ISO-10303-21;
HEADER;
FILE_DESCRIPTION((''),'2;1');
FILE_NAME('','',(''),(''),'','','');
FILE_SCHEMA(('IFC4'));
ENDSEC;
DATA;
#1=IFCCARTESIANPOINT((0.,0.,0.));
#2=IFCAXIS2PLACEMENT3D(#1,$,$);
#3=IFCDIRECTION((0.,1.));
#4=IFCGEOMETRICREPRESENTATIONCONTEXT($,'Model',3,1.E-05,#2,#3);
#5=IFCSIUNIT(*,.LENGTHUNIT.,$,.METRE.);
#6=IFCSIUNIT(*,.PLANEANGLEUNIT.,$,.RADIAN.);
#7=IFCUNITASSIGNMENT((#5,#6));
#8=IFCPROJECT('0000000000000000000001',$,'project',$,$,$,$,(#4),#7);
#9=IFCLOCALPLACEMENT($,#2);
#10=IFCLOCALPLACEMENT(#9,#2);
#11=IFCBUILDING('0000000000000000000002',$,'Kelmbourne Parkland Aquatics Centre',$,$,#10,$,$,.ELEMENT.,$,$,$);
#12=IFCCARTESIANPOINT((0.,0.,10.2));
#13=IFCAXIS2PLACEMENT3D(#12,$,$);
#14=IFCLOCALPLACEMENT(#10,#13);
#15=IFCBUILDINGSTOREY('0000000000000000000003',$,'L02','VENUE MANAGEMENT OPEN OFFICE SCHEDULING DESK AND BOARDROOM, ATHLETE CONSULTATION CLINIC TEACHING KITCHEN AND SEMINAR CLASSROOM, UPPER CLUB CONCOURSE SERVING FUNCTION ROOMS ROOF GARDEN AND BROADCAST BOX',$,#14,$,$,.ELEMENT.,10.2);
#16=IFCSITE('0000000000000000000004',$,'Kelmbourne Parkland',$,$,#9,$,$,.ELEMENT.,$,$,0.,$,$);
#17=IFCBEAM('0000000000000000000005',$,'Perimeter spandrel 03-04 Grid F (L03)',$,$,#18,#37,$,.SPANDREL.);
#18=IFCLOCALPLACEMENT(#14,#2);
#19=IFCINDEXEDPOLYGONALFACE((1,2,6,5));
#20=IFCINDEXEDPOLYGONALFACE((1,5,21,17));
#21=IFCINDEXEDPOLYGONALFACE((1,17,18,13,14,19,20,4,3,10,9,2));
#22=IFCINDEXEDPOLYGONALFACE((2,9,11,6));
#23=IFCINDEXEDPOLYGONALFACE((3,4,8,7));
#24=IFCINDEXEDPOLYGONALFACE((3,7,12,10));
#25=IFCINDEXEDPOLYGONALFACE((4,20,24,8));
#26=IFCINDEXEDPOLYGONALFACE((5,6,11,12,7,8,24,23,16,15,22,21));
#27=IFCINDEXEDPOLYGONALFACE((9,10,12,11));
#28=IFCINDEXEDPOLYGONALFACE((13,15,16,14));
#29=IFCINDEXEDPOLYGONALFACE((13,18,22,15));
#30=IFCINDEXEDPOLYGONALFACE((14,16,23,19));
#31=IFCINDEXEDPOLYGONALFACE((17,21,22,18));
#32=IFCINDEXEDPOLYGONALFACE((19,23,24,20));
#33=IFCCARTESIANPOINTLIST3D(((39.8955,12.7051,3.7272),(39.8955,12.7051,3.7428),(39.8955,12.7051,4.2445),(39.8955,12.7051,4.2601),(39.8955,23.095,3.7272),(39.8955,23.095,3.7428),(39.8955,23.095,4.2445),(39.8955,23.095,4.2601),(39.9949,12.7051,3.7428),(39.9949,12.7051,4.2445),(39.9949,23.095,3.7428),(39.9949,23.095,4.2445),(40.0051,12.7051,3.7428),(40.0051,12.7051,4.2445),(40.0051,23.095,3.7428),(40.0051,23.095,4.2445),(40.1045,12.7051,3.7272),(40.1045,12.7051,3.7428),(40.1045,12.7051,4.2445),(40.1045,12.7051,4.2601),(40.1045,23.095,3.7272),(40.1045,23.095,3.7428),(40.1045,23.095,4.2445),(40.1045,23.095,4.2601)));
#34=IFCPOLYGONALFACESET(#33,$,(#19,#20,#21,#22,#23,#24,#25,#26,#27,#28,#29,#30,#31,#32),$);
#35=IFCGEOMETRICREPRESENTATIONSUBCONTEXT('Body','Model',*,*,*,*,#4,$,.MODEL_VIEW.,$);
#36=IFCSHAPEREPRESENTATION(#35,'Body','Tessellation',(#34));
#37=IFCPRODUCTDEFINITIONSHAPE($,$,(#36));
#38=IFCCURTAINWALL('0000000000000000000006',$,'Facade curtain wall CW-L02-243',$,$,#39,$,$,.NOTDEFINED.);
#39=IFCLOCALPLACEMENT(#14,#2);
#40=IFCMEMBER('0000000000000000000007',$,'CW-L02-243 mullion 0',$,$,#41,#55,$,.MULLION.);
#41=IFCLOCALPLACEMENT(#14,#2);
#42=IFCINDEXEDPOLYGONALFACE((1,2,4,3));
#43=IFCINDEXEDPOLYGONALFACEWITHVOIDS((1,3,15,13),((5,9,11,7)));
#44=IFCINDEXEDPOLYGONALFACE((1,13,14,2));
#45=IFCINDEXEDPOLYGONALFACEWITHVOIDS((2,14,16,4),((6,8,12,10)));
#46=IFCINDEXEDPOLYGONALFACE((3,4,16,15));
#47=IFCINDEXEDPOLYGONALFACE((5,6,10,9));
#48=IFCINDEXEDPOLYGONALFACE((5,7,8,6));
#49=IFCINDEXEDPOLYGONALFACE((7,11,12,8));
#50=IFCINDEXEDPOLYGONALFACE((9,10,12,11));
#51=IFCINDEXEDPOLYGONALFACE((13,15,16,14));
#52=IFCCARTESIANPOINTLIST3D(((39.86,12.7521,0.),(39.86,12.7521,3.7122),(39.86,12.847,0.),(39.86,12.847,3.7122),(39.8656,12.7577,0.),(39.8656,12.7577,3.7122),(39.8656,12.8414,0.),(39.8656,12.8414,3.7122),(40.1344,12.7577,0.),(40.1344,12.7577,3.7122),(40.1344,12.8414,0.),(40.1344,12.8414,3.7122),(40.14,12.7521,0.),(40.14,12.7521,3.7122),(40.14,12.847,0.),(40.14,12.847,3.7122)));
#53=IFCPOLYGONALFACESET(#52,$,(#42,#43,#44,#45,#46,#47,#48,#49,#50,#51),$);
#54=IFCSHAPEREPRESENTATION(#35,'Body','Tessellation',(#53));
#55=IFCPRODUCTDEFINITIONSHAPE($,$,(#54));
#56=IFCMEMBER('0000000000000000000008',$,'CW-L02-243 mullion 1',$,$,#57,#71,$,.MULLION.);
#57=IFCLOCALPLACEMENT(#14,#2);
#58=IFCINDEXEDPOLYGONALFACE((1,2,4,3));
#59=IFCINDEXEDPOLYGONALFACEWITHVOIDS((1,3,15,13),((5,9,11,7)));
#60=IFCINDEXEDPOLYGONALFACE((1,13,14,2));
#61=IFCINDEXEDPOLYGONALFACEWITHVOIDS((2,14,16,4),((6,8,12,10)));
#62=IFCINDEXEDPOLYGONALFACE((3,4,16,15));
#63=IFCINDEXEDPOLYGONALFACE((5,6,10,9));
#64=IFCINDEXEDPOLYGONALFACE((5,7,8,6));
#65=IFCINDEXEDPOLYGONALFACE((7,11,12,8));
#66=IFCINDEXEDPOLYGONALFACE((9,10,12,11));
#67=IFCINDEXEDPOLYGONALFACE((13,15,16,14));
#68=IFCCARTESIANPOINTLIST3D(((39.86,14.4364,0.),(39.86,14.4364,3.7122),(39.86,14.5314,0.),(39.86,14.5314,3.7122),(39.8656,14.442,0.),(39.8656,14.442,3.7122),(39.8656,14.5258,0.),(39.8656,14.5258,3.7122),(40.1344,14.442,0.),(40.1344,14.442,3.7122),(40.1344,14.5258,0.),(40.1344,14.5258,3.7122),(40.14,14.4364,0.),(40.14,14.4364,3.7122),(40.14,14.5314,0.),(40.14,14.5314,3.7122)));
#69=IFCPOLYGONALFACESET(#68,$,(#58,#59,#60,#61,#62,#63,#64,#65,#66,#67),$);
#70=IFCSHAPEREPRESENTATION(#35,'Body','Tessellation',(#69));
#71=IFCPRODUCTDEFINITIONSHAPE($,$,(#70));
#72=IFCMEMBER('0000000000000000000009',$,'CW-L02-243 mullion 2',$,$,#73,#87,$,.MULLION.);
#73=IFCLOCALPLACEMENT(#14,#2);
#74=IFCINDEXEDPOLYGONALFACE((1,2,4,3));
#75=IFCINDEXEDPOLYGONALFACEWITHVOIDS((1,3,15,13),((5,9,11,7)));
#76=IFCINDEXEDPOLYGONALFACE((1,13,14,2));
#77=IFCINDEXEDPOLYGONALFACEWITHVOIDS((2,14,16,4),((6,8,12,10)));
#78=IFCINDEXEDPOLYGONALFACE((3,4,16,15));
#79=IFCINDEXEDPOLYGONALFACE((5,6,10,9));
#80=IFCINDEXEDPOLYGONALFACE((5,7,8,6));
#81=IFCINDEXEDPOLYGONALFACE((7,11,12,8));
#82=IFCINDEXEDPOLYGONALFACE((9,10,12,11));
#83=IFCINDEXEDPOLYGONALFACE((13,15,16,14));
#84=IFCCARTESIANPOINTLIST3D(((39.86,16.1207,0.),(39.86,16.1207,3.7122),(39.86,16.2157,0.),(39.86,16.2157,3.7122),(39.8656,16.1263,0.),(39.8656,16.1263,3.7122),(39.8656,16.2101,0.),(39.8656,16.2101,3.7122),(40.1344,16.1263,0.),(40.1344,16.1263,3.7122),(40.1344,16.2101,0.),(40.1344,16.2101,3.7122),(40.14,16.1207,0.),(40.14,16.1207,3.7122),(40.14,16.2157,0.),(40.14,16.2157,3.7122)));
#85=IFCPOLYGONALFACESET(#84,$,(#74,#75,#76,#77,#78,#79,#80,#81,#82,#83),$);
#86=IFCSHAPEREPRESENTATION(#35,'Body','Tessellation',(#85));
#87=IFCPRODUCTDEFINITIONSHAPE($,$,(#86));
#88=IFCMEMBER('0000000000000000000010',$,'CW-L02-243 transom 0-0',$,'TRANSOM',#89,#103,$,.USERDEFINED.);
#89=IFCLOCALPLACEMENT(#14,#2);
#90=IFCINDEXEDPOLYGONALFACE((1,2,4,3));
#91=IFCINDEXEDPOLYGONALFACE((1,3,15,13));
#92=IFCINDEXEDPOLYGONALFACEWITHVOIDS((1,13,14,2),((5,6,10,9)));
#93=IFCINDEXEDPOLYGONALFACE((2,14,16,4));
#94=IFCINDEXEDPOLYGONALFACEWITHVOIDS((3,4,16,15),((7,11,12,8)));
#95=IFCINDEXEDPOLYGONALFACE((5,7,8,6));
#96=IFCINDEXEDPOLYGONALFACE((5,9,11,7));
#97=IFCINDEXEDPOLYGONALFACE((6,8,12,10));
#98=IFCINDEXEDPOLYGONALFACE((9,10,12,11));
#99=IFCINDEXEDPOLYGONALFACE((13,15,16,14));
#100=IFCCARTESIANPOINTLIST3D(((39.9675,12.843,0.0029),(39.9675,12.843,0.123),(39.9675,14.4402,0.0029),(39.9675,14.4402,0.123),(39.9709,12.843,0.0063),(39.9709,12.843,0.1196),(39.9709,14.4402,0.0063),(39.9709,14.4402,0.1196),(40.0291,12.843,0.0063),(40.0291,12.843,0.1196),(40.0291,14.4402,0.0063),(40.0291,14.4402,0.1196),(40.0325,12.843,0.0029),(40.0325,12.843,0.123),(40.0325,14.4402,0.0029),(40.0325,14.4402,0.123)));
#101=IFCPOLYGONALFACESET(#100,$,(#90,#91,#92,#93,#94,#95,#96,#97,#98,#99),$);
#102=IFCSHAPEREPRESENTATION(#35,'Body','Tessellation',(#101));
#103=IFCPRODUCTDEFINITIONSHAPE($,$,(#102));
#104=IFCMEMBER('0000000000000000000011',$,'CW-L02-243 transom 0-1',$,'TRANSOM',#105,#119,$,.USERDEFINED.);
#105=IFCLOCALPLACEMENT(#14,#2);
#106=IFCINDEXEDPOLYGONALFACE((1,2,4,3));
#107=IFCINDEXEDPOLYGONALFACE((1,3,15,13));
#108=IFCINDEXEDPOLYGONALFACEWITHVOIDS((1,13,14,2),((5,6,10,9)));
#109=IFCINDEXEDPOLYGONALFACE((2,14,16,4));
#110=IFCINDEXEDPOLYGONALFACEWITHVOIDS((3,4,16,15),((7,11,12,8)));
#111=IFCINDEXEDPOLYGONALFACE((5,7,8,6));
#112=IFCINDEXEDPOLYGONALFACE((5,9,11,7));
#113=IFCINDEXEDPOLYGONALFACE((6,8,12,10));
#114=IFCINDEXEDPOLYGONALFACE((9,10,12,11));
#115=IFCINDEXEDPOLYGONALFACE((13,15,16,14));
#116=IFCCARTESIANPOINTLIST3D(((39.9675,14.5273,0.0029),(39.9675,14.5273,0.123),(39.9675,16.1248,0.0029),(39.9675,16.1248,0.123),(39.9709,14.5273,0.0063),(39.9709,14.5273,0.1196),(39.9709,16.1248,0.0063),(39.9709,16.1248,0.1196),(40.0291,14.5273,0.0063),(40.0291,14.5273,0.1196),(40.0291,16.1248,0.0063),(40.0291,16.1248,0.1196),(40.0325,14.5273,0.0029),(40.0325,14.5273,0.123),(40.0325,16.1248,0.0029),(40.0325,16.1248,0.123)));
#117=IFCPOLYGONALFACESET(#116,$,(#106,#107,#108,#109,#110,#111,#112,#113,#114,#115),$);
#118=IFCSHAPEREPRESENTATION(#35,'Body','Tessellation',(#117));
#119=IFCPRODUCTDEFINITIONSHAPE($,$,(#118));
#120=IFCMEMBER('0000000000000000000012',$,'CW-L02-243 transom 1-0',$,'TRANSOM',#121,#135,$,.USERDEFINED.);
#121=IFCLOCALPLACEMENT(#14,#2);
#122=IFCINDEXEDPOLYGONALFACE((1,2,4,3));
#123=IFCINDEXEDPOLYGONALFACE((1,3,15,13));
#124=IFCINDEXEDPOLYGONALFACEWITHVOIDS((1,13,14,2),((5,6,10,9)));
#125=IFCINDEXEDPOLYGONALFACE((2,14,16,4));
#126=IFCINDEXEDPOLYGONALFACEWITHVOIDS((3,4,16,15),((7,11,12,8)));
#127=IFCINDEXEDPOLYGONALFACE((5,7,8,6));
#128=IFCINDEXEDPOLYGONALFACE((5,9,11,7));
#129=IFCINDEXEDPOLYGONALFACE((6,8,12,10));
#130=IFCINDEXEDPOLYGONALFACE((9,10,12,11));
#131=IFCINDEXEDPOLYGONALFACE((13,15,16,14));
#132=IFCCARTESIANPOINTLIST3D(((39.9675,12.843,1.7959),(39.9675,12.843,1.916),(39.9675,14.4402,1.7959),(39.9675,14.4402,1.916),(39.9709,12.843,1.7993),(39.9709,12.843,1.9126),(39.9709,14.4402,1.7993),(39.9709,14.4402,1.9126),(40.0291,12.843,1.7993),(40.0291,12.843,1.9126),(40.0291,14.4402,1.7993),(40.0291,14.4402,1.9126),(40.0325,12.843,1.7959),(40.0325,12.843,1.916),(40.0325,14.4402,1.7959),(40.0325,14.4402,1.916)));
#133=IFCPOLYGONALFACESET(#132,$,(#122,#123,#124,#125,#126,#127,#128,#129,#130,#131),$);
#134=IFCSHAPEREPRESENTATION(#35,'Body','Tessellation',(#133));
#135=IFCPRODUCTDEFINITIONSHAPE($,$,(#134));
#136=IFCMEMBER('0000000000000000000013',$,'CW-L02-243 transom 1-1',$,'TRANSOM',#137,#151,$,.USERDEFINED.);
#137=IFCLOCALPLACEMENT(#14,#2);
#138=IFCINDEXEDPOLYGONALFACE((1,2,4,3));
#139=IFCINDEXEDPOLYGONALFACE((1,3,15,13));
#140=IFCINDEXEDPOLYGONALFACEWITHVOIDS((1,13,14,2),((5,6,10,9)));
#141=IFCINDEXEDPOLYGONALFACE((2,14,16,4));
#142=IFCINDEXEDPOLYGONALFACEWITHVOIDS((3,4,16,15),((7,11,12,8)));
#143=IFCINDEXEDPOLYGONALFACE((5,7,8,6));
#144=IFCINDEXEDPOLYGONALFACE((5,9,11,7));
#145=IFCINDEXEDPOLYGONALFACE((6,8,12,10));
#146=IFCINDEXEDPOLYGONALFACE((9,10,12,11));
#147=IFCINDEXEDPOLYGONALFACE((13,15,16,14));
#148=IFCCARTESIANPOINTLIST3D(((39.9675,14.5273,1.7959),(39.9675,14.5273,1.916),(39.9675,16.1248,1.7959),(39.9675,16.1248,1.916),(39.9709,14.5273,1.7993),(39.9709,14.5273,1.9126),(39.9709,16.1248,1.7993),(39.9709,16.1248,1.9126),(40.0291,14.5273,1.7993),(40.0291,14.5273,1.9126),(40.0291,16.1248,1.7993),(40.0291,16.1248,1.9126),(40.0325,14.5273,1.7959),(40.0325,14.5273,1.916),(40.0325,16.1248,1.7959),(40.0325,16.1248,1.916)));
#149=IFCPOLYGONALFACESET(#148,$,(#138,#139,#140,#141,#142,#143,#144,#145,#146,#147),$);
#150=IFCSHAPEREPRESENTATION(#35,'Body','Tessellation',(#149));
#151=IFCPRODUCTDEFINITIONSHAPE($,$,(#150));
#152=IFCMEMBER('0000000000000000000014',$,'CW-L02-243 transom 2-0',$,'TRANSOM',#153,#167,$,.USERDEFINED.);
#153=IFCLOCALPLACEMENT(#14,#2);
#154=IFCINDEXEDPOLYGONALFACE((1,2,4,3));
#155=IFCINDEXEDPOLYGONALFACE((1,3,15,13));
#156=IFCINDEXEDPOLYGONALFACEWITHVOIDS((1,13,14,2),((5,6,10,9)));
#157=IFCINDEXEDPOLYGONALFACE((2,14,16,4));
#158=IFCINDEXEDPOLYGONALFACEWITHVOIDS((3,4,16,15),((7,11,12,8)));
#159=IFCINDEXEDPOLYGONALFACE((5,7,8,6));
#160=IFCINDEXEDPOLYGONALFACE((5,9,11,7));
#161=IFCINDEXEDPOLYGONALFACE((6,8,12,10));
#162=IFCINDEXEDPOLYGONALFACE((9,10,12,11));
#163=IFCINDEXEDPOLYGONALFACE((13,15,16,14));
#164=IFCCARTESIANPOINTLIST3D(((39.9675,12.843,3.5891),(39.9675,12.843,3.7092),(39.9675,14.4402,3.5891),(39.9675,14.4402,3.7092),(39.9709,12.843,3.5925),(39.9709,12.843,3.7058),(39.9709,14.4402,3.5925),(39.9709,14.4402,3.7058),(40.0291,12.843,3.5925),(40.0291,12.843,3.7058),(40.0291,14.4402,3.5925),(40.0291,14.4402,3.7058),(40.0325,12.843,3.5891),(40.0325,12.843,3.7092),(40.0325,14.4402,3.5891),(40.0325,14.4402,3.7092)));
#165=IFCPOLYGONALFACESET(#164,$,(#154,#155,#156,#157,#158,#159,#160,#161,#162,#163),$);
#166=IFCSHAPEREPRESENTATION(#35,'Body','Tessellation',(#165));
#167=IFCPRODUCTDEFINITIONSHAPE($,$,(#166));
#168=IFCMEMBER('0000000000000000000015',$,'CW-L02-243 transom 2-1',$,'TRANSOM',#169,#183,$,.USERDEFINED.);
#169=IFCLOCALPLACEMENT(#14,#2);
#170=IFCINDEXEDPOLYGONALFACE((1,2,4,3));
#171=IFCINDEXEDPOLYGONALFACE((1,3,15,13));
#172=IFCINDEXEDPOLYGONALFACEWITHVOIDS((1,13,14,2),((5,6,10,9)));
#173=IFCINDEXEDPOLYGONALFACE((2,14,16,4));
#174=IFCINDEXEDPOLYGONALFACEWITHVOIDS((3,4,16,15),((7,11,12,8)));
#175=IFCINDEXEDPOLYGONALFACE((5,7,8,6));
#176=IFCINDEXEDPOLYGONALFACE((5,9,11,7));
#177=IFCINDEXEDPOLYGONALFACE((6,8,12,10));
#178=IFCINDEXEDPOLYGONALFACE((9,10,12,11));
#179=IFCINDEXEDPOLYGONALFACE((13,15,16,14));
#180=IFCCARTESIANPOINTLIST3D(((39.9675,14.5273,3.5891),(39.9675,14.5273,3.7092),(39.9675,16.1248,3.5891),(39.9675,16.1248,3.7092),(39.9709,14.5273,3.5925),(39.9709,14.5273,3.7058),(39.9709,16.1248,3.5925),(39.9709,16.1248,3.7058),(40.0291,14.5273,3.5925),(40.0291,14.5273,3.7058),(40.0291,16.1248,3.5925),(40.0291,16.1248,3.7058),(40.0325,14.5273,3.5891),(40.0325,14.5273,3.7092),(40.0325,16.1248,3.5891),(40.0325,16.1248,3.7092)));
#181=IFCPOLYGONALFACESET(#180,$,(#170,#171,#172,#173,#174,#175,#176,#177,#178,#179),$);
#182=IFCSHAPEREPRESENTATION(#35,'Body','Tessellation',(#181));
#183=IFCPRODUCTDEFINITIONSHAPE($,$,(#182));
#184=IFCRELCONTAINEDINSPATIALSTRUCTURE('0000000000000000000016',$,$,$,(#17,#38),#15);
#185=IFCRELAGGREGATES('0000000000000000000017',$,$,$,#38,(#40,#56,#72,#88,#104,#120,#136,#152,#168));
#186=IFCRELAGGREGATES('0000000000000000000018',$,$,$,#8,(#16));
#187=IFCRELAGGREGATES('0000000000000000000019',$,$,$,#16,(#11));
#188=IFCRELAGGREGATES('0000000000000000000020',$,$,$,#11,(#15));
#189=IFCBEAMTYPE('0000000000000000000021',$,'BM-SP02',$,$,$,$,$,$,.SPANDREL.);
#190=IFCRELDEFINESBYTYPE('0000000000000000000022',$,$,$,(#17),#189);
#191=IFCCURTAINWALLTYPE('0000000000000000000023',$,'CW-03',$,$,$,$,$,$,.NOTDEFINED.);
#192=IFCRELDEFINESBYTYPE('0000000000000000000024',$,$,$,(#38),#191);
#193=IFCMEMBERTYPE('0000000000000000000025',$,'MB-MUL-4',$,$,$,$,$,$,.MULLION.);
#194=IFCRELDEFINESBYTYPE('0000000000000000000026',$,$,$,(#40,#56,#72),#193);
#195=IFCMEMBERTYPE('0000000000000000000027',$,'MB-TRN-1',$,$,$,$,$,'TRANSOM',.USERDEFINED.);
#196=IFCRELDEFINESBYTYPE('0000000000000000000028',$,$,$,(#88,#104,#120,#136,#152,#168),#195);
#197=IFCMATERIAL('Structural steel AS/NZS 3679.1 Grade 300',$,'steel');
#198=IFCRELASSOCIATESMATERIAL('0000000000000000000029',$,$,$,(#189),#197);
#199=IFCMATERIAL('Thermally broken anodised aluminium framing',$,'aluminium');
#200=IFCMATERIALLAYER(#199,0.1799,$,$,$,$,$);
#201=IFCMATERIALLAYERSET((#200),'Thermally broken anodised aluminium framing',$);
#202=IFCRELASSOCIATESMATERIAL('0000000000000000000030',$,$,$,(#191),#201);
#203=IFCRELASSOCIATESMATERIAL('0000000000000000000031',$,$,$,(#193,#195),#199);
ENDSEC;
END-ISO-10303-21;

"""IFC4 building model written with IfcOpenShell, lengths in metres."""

from ifc_helpers import new_model, si_unit, direction, frame, origin, origin_2d, place, context, subcontext, project, spatial, hollow_rectangle, i_section, extrude, material, layer, layer_set, material_profile, profile_set, type_object, element, aggregate, save


model = new_model("IFC4")

# Units and contexts
model_context = context("Model", 3, precision=1e-05, world=origin(), true_north=direction((0.0, 1.0)))
body_context = subcontext(model_context, "Body", "Model", "MODEL_VIEW")
ifc_project = project(units=[si_unit("LENGTHUNIT", "METRE"), si_unit("PLANEANGLEUNIT", "RADIAN")], contexts=[model_context])

# Site, building, storey
site_placement = place(None, origin())
site = spatial("IfcSite", under=ifc_project, at=site_placement, Name="Kelmbourne Parkland", CompositionType="ELEMENT", RefElevation=0.0)
building_placement = place(site_placement, origin())
building = spatial("IfcBuilding", under=site, at=building_placement, Name="Kelmbourne Parkland Aquatics Centre", CompositionType="ELEMENT")
storey_placement = place(building_placement, frame((0.0, 0.0, 10.2)))
storey = spatial("IfcBuildingStorey", under=building, at=storey_placement, Name="L02", Description="VENUE MANAGEMENT OPEN OFFICE SCHEDULING DESK AND BOARDROOM, ATHLETE CONSULTATION CLINIC TEACHING KITCHEN AND SEMINAR CLASSROOM, UPPER CLUB CONCOURSE SERVING FUNCTION ROOMS ROOF GARDEN AND BROADCAST BOX", CompositionType="ELEMENT", Elevation=10.2)

# Beam
ifc_material_1 = material(Name="Structural steel AS/NZS 3679.1 Grade 300", Category="steel")
ifc_material_profile_1 = material_profile(ifc_material_1, i_section(OverallWidth=0.209, OverallDepth=0.533, WebThickness=0.0103, FlangeThickness=0.0156, at=origin_2d()), Name="530UB92.4")
ifc_profile_set_1 = profile_set([ifc_material_profile_1], Name="Structural steel AS/NZS 3679.1 Grade 300")
beam_type_1 = type_object("IfcBeamType", Name="BM-SP02", PredefinedType="SPANDREL", material=ifc_profile_set_1)
beam_1_placement = place(storey_placement, frame((40.0, 12.7051, 3.9937), z_axis=(0.0, 1.0, 0.0), x_axis=(-1.0, 0.0, 0.0)))
element("IfcBeam", 1, at=beam_1_placement, inside=storey, type_object=beam_type_1, Name="Perimeter spandrel 03-04 Grid F (L03)", PredefinedType="SPANDREL", context=body_context, shape_type="SweptSolid", body=[
    extrude(i_section(OverallWidth=0.209, OverallDepth=0.533, WebThickness=0.0103, FlangeThickness=0.0156, at=origin_2d()), origin(), (0.0, 0.0, 1.0), 10.3899),
])

# Curtain wall, members
ifc_material_2 = material(Name="Thermally broken anodised aluminium framing", Category="aluminium")
ifc_layer_1 = layer(ifc_material_2, 0.1799)
ifc_layer_set_1 = layer_set([ifc_layer_1], Name="Thermally broken anodised aluminium framing")
curtain_wall_type = type_object("IfcCurtainWallType", Name="CW-03", PredefinedType="NOTDEFINED", material=ifc_layer_set_1)
curtain_wall_placement = place(storey_placement, origin())
curtain_wall = element("IfcCurtainWall", 2, at=curtain_wall_placement, inside=storey, type_object=curtain_wall_type, Name="Facade curtain wall CW-L02-243", PredefinedType="NOTDEFINED")
ifc_material_profile_2 = material_profile(ifc_material_2, hollow_rectangle(XDim=0.095, YDim=0.28, WallThickness=0.0056, at=origin_2d()), Name="CW-M 95x280")
ifc_profile_set_2 = profile_set([ifc_material_profile_2], Name="Thermally broken anodised aluminium framing")
member_type_1 = type_object("IfcMemberType", Name="MB-MUL-4", PredefinedType="MULLION", material=ifc_profile_set_2)
member_1_placement = place(storey_placement, frame((40.0, 12.7996, 0.0), z_axis=(0.0, 0.0, 1.0), x_axis=(0.0, 1.0, 0.0)))
member_1 = element("IfcMember", 3, at=member_1_placement, type_object=member_type_1, Name="CW-L02-243 mullion 0", PredefinedType="MULLION", context=body_context, shape_type="SweptSolid", body=[
    extrude(hollow_rectangle(XDim=0.095, YDim=0.28, WallThickness=0.0056, at=origin_2d()), origin(), (0.0, 0.0, 1.0), 3.7122),
])
member_2_placement = place(storey_placement, frame((40.0, 14.4839, 0.0), z_axis=(0.0, 0.0, 1.0), x_axis=(0.0, 1.0, 0.0)))
member_2 = element("IfcMember", 4, at=member_2_placement, type_object=member_type_1, Name="CW-L02-243 mullion 1", PredefinedType="MULLION", context=body_context, shape_type="SweptSolid", body=[
    extrude(hollow_rectangle(XDim=0.095, YDim=0.28, WallThickness=0.0056, at=origin_2d()), origin(), (0.0, 0.0, 1.0), 3.7122),
])
member_3_placement = place(storey_placement, frame((40.0, 16.1682, 0.0), z_axis=(0.0, 0.0, 1.0), x_axis=(0.0, 1.0, 0.0)))
member_3 = element("IfcMember", 5, at=member_3_placement, type_object=member_type_1, Name="CW-L02-243 mullion 2", PredefinedType="MULLION", context=body_context, shape_type="SweptSolid", body=[
    extrude(hollow_rectangle(XDim=0.095, YDim=0.28, WallThickness=0.0056, at=origin_2d()), origin(), (0.0, 0.0, 1.0), 3.7122),
])
ifc_material_profile_3 = material_profile(ifc_material_2, hollow_rectangle(XDim=0.0649, YDim=0.1201, WallThickness=0.0034, at=origin_2d()), Name="CW-T 65x120")
ifc_profile_set_3 = profile_set([ifc_material_profile_3], Name="Thermally broken anodised aluminium framing")
member_type_2 = type_object("IfcMemberType", Name="MB-TRN-1", ElementType="TRANSOM", PredefinedType="USERDEFINED", material=ifc_profile_set_3)
member_4_placement = place(storey_placement, frame((40.0, 12.843, 0.063), z_axis=(0.0, 1.0, 0.0), x_axis=(-1.0, 0.0, 0.0)))
member_4 = element("IfcMember", 6, at=member_4_placement, type_object=member_type_2, Name="CW-L02-243 transom 0-0", ObjectType="TRANSOM", PredefinedType="USERDEFINED", context=body_context, shape_type="SweptSolid", body=[
    extrude(hollow_rectangle(XDim=0.0649, YDim=0.1201, WallThickness=0.0034, at=origin_2d()), origin(), (0.0, 0.0, 1.0), 1.5972),
])
member_5_placement = place(storey_placement, frame((40.0, 14.5273, 0.063), z_axis=(0.0, 1.0, 0.0), x_axis=(-1.0, 0.0, 0.0)))
member_5 = element("IfcMember", 7, at=member_5_placement, type_object=member_type_2, Name="CW-L02-243 transom 0-1", ObjectType="TRANSOM", PredefinedType="USERDEFINED", context=body_context, shape_type="SweptSolid", body=[
    extrude(hollow_rectangle(XDim=0.0649, YDim=0.1201, WallThickness=0.0034, at=origin_2d()), origin(), (0.0, 0.0, 1.0), 1.5974),
])
member_6_placement = place(storey_placement, frame((40.0, 12.843, 1.856), z_axis=(0.0, 1.0, 0.0), x_axis=(-1.0, 0.0, 0.0)))
member_6 = element("IfcMember", 8, at=member_6_placement, type_object=member_type_2, Name="CW-L02-243 transom 1-0", ObjectType="TRANSOM", PredefinedType="USERDEFINED", context=body_context, shape_type="SweptSolid", body=[
    extrude(hollow_rectangle(XDim=0.0649, YDim=0.1201, WallThickness=0.0034, at=origin_2d()), origin(), (0.0, 0.0, 1.0), 1.5972),
])
member_7_placement = place(storey_placement, frame((40.0, 14.5273, 1.856), z_axis=(0.0, 1.0, 0.0), x_axis=(-1.0, 0.0, 0.0)))
member_7 = element("IfcMember", 9, at=member_7_placement, type_object=member_type_2, Name="CW-L02-243 transom 1-1", ObjectType="TRANSOM", PredefinedType="USERDEFINED", context=body_context, shape_type="SweptSolid", body=[
    extrude(hollow_rectangle(XDim=0.0649, YDim=0.1201, WallThickness=0.0034, at=origin_2d()), origin(), (0.0, 0.0, 1.0), 1.5974),
])
member_8_placement = place(storey_placement, frame((40.0, 12.843, 3.6492), z_axis=(0.0, 1.0, 0.0), x_axis=(-1.0, 0.0, 0.0)))
member_8 = element("IfcMember", 10, at=member_8_placement, type_object=member_type_2, Name="CW-L02-243 transom 2-0", ObjectType="TRANSOM", PredefinedType="USERDEFINED", context=body_context, shape_type="SweptSolid", body=[
    extrude(hollow_rectangle(XDim=0.0649, YDim=0.1201, WallThickness=0.0034, at=origin_2d()), origin(), (0.0, 0.0, 1.0), 1.5972),
])
member_9_placement = place(storey_placement, frame((40.0, 14.5273, 3.6492), z_axis=(0.0, 1.0, 0.0), x_axis=(-1.0, 0.0, 0.0)))
member_9 = element("IfcMember", 11, at=member_9_placement, type_object=member_type_2, Name="CW-L02-243 transom 2-1", ObjectType="TRANSOM", PredefinedType="USERDEFINED", context=body_context, shape_type="SweptSolid", body=[
    extrude(hollow_rectangle(XDim=0.0649, YDim=0.1201, WallThickness=0.0034, at=origin_2d()), origin(), (0.0, 0.0, 1.0), 1.5974),
])
aggregate(curtain_wall, [member_1, member_2, member_3, member_4, member_5, member_6, member_7, member_8, member_9])

save(model, "model.ifc")
